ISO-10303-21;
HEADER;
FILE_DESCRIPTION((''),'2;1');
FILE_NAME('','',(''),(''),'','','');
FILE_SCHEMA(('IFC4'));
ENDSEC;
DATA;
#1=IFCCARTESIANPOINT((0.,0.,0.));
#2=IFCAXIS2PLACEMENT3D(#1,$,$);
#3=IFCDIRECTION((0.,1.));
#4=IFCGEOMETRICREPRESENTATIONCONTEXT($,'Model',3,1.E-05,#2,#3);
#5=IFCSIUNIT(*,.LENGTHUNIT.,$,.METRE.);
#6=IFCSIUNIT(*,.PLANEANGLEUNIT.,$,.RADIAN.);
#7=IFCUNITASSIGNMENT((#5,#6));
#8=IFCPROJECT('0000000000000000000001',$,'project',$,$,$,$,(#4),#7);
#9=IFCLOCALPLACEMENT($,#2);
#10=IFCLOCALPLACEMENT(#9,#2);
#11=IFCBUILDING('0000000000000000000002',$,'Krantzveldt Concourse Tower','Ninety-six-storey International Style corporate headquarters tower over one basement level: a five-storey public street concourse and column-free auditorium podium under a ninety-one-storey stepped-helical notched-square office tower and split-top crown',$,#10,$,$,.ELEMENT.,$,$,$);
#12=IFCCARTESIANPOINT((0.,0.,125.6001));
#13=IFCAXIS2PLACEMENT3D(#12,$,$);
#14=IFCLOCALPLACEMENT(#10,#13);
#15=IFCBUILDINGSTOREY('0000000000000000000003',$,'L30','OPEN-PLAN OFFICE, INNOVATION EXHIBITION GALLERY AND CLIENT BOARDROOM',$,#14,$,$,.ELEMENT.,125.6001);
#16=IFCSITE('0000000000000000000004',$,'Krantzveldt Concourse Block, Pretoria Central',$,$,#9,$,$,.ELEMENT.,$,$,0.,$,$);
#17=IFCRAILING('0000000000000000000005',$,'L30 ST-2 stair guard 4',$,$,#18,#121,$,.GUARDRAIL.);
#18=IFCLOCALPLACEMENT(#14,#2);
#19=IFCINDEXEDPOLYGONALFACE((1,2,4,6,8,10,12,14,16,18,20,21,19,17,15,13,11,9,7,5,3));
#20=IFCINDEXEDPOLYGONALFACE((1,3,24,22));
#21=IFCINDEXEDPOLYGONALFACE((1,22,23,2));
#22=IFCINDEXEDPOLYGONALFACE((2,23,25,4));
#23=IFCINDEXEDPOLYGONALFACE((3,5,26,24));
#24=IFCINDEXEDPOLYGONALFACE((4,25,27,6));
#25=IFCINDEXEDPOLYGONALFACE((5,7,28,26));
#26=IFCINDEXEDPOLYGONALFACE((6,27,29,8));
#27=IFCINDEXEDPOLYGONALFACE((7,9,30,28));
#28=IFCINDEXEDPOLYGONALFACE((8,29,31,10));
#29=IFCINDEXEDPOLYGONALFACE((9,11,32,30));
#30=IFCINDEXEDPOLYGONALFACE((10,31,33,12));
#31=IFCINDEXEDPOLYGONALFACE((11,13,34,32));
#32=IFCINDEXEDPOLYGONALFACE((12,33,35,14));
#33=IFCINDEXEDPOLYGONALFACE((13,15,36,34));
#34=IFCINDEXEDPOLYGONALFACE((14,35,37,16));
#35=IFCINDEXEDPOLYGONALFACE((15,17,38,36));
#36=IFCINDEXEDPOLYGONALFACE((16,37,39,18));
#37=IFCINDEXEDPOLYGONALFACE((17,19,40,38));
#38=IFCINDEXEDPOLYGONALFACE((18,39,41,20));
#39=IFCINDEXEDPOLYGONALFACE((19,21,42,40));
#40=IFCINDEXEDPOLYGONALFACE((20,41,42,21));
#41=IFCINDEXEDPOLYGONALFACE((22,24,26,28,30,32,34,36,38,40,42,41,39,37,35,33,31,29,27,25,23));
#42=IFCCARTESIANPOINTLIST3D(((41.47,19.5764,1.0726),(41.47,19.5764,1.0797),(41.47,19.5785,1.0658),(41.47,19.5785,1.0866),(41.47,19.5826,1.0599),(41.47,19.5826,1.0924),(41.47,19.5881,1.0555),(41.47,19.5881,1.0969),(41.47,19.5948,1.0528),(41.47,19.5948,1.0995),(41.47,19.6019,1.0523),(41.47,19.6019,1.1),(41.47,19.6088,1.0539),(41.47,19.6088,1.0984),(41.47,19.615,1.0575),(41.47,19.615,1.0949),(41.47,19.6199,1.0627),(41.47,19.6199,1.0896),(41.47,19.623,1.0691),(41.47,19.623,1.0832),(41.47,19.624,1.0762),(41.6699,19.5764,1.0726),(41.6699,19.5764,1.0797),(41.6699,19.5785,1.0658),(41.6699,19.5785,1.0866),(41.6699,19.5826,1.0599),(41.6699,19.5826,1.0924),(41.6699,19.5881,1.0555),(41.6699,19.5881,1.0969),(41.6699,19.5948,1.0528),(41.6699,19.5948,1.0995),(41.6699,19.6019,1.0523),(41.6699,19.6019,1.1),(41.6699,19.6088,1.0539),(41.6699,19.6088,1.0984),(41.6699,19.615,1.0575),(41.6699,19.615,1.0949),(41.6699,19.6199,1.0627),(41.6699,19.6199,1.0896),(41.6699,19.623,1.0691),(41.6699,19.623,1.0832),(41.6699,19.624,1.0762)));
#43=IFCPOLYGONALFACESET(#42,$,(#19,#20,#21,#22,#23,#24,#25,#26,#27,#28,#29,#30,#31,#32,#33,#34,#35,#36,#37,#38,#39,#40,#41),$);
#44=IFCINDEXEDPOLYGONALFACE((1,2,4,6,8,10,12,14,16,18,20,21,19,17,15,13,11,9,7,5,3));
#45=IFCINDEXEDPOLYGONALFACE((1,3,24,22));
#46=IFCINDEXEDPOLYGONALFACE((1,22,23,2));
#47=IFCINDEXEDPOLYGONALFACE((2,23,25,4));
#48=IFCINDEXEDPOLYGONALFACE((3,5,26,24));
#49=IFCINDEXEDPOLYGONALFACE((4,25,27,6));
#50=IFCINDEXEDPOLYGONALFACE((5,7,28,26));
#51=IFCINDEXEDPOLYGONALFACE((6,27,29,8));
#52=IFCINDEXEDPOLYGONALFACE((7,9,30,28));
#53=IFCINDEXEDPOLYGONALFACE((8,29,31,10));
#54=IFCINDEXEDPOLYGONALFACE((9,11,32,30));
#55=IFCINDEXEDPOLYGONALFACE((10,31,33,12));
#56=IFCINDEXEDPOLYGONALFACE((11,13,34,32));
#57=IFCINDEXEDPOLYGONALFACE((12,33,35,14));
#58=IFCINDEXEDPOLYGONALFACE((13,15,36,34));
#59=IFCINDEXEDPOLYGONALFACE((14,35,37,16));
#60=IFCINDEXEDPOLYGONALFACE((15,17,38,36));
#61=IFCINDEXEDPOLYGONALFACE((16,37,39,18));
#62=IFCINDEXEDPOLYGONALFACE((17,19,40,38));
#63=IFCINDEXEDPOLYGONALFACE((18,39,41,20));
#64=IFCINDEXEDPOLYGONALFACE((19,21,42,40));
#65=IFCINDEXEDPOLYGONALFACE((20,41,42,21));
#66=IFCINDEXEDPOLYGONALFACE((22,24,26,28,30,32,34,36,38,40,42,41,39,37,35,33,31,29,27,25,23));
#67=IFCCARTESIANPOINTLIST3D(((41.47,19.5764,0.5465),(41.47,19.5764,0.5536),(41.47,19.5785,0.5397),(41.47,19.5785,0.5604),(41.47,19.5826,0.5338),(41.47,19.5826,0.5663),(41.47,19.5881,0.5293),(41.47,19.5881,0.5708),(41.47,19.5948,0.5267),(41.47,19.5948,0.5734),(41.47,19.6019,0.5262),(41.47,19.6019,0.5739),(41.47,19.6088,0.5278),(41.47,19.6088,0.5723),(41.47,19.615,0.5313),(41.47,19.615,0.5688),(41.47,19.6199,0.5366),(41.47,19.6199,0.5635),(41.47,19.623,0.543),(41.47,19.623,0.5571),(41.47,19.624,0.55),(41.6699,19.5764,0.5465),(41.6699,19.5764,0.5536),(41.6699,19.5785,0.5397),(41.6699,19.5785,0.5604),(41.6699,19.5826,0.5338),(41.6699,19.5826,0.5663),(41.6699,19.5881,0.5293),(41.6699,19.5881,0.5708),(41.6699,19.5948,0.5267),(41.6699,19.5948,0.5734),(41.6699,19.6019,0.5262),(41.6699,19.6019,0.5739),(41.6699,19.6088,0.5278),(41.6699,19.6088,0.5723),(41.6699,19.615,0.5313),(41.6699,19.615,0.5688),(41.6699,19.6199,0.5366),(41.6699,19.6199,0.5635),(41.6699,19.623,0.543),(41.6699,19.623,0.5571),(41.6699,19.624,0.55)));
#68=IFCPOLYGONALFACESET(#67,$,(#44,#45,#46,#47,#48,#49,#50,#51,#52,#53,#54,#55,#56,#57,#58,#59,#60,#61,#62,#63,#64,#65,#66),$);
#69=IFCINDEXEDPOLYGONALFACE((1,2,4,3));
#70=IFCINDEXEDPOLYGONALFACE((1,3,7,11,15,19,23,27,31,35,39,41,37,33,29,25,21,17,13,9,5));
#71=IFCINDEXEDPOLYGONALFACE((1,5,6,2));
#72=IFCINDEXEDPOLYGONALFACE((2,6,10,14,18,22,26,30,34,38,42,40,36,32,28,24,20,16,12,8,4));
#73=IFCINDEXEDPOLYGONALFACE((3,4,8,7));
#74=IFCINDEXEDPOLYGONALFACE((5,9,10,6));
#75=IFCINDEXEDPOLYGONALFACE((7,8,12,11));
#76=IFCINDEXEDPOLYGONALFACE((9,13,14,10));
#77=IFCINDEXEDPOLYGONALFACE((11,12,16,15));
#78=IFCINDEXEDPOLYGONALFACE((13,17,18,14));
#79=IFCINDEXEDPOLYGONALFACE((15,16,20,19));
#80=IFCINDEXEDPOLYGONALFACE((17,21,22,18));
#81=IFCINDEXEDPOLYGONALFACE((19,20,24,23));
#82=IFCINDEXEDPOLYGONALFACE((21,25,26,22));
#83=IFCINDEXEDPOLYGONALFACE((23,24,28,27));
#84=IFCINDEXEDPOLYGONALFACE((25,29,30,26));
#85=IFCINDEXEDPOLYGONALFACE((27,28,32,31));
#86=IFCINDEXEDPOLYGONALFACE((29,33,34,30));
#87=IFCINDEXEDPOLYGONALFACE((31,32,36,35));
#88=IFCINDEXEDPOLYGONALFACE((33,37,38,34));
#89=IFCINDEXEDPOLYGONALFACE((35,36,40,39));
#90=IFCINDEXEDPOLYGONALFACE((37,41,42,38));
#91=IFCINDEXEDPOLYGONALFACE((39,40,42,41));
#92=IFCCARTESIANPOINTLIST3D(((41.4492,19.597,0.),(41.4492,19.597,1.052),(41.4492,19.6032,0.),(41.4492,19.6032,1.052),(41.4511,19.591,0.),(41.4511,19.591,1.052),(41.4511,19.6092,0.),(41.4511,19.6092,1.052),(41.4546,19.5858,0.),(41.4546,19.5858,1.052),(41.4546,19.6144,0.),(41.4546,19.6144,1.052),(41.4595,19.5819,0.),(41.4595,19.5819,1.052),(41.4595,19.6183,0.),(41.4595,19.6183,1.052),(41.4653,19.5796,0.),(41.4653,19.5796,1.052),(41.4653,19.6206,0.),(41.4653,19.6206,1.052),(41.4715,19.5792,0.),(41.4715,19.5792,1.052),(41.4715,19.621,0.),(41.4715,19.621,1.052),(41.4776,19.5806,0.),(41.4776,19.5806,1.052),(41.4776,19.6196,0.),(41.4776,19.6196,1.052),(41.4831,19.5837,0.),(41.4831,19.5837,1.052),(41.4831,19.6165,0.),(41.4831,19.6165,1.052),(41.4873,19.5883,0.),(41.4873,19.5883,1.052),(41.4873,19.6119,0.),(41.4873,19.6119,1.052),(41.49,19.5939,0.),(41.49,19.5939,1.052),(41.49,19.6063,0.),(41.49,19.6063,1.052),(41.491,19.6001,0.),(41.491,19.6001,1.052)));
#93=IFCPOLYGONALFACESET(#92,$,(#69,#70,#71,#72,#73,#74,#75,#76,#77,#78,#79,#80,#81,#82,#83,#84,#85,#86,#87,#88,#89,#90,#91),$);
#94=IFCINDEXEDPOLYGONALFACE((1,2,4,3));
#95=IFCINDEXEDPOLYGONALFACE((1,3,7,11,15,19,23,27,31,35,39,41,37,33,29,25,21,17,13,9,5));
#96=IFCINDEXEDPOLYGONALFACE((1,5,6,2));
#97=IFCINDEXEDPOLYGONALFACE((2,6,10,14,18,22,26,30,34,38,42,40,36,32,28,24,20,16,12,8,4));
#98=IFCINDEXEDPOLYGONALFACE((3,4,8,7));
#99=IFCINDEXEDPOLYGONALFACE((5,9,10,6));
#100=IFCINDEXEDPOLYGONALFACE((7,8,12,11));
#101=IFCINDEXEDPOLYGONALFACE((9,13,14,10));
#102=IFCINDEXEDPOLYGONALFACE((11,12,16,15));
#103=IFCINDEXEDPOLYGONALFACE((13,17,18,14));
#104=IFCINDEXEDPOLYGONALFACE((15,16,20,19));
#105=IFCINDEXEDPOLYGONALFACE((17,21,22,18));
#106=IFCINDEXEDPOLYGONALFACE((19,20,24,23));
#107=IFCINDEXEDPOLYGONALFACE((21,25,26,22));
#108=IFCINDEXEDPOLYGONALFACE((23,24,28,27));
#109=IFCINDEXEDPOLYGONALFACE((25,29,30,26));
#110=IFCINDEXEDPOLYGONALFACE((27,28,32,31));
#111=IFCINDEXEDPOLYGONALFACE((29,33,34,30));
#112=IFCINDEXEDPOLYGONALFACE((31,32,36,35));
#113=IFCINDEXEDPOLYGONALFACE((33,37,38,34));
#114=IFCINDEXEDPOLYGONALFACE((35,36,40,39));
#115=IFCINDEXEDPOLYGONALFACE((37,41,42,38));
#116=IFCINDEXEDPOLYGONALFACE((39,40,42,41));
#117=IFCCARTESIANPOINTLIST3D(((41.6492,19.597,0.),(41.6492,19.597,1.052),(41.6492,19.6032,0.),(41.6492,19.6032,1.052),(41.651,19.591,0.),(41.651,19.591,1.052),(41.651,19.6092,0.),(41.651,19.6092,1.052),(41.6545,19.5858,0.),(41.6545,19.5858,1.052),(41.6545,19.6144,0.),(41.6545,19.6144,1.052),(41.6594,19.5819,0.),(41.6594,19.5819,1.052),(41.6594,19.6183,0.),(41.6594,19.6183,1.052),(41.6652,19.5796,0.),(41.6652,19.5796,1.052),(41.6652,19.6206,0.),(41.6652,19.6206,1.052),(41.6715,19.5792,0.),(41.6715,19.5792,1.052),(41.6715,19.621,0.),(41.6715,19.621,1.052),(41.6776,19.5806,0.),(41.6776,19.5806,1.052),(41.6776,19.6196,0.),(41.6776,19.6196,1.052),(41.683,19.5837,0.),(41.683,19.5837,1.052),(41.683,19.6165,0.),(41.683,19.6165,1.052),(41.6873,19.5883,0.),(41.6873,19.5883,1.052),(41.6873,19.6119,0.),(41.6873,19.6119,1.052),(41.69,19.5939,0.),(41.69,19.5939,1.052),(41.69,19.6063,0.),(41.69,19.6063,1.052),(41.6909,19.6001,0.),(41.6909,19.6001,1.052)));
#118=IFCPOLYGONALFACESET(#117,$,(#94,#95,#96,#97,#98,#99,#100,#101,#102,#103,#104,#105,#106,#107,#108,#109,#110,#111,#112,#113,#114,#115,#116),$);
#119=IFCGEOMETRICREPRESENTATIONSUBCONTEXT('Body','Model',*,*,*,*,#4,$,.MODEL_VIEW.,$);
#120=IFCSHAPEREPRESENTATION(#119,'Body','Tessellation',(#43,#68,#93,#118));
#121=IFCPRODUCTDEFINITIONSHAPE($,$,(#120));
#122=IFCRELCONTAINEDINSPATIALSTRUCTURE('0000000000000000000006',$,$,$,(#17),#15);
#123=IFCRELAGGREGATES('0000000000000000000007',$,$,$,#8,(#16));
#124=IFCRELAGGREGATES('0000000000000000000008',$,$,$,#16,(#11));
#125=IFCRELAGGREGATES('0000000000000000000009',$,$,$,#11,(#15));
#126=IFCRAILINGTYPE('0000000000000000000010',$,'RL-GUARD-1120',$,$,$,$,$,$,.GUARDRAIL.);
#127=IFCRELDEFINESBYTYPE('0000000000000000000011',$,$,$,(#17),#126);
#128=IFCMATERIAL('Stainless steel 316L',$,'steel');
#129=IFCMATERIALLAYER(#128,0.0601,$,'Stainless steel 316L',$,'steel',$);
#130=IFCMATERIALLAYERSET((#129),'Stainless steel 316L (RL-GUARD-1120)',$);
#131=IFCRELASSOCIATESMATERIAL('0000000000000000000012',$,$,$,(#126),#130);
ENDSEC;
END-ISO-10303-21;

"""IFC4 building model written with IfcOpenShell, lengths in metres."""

from ifc_helpers import new_model, si_unit, direction, frame, origin, origin_2d, place, context, subcontext, project, spatial, circle, extrude, material, layer, layer_set, type_object, element, save


model = new_model("IFC4")

# Units and contexts
model_context = context("Model", 3, precision=1e-05, world=origin(), true_north=direction((0.0, 1.0)))
body_context = subcontext(model_context, "Body", "Model", "MODEL_VIEW")
ifc_project = project(units=[si_unit("LENGTHUNIT", "METRE"), si_unit("PLANEANGLEUNIT", "RADIAN")], contexts=[model_context])

# Site, building, storey
site_placement = place(None, origin())
site = spatial("IfcSite", under=ifc_project, at=site_placement, Name="Krantzveldt Concourse Block, Pretoria Central", CompositionType="ELEMENT", RefElevation=0.0)
building_placement = place(site_placement, origin())
building = spatial("IfcBuilding", under=site, at=building_placement, Name="Krantzveldt Concourse Tower", Description="Ninety-six-storey International Style corporate headquarters tower over one basement level: a five-storey public street concourse and column-free auditorium podium under a ninety-one-storey stepped-helical notched-square office tower and split-top crown", CompositionType="ELEMENT")
storey_placement = place(building_placement, frame((0.0, 0.0, 125.6001)))
storey = spatial("IfcBuildingStorey", under=building, at=storey_placement, Name="L30", Description="OPEN-PLAN OFFICE, INNOVATION EXHIBITION GALLERY AND CLIENT BOARDROOM", CompositionType="ELEMENT", Elevation=125.6001)

# Shared definitions
ifc_material_1 = material(Name="Stainless steel 316L", Category="steel")

# Railing
ifc_layer_1 = layer(ifc_material_1, 0.0601, Name="Stainless steel 316L", Category="steel")
ifc_layer_set_1 = layer_set([ifc_layer_1], Name="Stainless steel 316L (RL-GUARD-1120)")
railing_type_1 = type_object("IfcRailingType", Name="RL-GUARD-1120", PredefinedType="GUARDRAIL", material=ifc_layer_set_1)
railing_1_placement = place(storey_placement, frame((41.47, 19.6001, 0.0)))
element("IfcRailing", 1, at=railing_1_placement, inside=storey, type_object=railing_type_1, Name="L30 ST-2 stair guard 4", PredefinedType="GUARDRAIL", context=body_context, shape_type="SweptSolid", body=[
    extrude(circle(Radius=0.0239, at=origin_2d()), frame((0.0, 0.0, 1.0762), z_axis=(1.0, 0.0, 0.0), x_axis=(0.0, 1.0, 0.0)), (0.0, 0.0, 1.0), 0.2),
    extrude(circle(Radius=0.0239, at=origin_2d()), frame((0.0, 0.0, 0.55), z_axis=(1.0, 0.0, 0.0), x_axis=(0.0, 1.0, 0.0)), (0.0, 0.0, 1.0), 0.2),
    extrude(circle(Radius=0.021, at=origin_2d()), origin(), (0.0, 0.0, 1.0), 1.052),
    extrude(circle(Radius=0.021, at=origin_2d()), frame((0.2, 0.0, 0.0)), (0.0, 0.0, 1.0), 1.052),
])

save(model, "model.ifc")
